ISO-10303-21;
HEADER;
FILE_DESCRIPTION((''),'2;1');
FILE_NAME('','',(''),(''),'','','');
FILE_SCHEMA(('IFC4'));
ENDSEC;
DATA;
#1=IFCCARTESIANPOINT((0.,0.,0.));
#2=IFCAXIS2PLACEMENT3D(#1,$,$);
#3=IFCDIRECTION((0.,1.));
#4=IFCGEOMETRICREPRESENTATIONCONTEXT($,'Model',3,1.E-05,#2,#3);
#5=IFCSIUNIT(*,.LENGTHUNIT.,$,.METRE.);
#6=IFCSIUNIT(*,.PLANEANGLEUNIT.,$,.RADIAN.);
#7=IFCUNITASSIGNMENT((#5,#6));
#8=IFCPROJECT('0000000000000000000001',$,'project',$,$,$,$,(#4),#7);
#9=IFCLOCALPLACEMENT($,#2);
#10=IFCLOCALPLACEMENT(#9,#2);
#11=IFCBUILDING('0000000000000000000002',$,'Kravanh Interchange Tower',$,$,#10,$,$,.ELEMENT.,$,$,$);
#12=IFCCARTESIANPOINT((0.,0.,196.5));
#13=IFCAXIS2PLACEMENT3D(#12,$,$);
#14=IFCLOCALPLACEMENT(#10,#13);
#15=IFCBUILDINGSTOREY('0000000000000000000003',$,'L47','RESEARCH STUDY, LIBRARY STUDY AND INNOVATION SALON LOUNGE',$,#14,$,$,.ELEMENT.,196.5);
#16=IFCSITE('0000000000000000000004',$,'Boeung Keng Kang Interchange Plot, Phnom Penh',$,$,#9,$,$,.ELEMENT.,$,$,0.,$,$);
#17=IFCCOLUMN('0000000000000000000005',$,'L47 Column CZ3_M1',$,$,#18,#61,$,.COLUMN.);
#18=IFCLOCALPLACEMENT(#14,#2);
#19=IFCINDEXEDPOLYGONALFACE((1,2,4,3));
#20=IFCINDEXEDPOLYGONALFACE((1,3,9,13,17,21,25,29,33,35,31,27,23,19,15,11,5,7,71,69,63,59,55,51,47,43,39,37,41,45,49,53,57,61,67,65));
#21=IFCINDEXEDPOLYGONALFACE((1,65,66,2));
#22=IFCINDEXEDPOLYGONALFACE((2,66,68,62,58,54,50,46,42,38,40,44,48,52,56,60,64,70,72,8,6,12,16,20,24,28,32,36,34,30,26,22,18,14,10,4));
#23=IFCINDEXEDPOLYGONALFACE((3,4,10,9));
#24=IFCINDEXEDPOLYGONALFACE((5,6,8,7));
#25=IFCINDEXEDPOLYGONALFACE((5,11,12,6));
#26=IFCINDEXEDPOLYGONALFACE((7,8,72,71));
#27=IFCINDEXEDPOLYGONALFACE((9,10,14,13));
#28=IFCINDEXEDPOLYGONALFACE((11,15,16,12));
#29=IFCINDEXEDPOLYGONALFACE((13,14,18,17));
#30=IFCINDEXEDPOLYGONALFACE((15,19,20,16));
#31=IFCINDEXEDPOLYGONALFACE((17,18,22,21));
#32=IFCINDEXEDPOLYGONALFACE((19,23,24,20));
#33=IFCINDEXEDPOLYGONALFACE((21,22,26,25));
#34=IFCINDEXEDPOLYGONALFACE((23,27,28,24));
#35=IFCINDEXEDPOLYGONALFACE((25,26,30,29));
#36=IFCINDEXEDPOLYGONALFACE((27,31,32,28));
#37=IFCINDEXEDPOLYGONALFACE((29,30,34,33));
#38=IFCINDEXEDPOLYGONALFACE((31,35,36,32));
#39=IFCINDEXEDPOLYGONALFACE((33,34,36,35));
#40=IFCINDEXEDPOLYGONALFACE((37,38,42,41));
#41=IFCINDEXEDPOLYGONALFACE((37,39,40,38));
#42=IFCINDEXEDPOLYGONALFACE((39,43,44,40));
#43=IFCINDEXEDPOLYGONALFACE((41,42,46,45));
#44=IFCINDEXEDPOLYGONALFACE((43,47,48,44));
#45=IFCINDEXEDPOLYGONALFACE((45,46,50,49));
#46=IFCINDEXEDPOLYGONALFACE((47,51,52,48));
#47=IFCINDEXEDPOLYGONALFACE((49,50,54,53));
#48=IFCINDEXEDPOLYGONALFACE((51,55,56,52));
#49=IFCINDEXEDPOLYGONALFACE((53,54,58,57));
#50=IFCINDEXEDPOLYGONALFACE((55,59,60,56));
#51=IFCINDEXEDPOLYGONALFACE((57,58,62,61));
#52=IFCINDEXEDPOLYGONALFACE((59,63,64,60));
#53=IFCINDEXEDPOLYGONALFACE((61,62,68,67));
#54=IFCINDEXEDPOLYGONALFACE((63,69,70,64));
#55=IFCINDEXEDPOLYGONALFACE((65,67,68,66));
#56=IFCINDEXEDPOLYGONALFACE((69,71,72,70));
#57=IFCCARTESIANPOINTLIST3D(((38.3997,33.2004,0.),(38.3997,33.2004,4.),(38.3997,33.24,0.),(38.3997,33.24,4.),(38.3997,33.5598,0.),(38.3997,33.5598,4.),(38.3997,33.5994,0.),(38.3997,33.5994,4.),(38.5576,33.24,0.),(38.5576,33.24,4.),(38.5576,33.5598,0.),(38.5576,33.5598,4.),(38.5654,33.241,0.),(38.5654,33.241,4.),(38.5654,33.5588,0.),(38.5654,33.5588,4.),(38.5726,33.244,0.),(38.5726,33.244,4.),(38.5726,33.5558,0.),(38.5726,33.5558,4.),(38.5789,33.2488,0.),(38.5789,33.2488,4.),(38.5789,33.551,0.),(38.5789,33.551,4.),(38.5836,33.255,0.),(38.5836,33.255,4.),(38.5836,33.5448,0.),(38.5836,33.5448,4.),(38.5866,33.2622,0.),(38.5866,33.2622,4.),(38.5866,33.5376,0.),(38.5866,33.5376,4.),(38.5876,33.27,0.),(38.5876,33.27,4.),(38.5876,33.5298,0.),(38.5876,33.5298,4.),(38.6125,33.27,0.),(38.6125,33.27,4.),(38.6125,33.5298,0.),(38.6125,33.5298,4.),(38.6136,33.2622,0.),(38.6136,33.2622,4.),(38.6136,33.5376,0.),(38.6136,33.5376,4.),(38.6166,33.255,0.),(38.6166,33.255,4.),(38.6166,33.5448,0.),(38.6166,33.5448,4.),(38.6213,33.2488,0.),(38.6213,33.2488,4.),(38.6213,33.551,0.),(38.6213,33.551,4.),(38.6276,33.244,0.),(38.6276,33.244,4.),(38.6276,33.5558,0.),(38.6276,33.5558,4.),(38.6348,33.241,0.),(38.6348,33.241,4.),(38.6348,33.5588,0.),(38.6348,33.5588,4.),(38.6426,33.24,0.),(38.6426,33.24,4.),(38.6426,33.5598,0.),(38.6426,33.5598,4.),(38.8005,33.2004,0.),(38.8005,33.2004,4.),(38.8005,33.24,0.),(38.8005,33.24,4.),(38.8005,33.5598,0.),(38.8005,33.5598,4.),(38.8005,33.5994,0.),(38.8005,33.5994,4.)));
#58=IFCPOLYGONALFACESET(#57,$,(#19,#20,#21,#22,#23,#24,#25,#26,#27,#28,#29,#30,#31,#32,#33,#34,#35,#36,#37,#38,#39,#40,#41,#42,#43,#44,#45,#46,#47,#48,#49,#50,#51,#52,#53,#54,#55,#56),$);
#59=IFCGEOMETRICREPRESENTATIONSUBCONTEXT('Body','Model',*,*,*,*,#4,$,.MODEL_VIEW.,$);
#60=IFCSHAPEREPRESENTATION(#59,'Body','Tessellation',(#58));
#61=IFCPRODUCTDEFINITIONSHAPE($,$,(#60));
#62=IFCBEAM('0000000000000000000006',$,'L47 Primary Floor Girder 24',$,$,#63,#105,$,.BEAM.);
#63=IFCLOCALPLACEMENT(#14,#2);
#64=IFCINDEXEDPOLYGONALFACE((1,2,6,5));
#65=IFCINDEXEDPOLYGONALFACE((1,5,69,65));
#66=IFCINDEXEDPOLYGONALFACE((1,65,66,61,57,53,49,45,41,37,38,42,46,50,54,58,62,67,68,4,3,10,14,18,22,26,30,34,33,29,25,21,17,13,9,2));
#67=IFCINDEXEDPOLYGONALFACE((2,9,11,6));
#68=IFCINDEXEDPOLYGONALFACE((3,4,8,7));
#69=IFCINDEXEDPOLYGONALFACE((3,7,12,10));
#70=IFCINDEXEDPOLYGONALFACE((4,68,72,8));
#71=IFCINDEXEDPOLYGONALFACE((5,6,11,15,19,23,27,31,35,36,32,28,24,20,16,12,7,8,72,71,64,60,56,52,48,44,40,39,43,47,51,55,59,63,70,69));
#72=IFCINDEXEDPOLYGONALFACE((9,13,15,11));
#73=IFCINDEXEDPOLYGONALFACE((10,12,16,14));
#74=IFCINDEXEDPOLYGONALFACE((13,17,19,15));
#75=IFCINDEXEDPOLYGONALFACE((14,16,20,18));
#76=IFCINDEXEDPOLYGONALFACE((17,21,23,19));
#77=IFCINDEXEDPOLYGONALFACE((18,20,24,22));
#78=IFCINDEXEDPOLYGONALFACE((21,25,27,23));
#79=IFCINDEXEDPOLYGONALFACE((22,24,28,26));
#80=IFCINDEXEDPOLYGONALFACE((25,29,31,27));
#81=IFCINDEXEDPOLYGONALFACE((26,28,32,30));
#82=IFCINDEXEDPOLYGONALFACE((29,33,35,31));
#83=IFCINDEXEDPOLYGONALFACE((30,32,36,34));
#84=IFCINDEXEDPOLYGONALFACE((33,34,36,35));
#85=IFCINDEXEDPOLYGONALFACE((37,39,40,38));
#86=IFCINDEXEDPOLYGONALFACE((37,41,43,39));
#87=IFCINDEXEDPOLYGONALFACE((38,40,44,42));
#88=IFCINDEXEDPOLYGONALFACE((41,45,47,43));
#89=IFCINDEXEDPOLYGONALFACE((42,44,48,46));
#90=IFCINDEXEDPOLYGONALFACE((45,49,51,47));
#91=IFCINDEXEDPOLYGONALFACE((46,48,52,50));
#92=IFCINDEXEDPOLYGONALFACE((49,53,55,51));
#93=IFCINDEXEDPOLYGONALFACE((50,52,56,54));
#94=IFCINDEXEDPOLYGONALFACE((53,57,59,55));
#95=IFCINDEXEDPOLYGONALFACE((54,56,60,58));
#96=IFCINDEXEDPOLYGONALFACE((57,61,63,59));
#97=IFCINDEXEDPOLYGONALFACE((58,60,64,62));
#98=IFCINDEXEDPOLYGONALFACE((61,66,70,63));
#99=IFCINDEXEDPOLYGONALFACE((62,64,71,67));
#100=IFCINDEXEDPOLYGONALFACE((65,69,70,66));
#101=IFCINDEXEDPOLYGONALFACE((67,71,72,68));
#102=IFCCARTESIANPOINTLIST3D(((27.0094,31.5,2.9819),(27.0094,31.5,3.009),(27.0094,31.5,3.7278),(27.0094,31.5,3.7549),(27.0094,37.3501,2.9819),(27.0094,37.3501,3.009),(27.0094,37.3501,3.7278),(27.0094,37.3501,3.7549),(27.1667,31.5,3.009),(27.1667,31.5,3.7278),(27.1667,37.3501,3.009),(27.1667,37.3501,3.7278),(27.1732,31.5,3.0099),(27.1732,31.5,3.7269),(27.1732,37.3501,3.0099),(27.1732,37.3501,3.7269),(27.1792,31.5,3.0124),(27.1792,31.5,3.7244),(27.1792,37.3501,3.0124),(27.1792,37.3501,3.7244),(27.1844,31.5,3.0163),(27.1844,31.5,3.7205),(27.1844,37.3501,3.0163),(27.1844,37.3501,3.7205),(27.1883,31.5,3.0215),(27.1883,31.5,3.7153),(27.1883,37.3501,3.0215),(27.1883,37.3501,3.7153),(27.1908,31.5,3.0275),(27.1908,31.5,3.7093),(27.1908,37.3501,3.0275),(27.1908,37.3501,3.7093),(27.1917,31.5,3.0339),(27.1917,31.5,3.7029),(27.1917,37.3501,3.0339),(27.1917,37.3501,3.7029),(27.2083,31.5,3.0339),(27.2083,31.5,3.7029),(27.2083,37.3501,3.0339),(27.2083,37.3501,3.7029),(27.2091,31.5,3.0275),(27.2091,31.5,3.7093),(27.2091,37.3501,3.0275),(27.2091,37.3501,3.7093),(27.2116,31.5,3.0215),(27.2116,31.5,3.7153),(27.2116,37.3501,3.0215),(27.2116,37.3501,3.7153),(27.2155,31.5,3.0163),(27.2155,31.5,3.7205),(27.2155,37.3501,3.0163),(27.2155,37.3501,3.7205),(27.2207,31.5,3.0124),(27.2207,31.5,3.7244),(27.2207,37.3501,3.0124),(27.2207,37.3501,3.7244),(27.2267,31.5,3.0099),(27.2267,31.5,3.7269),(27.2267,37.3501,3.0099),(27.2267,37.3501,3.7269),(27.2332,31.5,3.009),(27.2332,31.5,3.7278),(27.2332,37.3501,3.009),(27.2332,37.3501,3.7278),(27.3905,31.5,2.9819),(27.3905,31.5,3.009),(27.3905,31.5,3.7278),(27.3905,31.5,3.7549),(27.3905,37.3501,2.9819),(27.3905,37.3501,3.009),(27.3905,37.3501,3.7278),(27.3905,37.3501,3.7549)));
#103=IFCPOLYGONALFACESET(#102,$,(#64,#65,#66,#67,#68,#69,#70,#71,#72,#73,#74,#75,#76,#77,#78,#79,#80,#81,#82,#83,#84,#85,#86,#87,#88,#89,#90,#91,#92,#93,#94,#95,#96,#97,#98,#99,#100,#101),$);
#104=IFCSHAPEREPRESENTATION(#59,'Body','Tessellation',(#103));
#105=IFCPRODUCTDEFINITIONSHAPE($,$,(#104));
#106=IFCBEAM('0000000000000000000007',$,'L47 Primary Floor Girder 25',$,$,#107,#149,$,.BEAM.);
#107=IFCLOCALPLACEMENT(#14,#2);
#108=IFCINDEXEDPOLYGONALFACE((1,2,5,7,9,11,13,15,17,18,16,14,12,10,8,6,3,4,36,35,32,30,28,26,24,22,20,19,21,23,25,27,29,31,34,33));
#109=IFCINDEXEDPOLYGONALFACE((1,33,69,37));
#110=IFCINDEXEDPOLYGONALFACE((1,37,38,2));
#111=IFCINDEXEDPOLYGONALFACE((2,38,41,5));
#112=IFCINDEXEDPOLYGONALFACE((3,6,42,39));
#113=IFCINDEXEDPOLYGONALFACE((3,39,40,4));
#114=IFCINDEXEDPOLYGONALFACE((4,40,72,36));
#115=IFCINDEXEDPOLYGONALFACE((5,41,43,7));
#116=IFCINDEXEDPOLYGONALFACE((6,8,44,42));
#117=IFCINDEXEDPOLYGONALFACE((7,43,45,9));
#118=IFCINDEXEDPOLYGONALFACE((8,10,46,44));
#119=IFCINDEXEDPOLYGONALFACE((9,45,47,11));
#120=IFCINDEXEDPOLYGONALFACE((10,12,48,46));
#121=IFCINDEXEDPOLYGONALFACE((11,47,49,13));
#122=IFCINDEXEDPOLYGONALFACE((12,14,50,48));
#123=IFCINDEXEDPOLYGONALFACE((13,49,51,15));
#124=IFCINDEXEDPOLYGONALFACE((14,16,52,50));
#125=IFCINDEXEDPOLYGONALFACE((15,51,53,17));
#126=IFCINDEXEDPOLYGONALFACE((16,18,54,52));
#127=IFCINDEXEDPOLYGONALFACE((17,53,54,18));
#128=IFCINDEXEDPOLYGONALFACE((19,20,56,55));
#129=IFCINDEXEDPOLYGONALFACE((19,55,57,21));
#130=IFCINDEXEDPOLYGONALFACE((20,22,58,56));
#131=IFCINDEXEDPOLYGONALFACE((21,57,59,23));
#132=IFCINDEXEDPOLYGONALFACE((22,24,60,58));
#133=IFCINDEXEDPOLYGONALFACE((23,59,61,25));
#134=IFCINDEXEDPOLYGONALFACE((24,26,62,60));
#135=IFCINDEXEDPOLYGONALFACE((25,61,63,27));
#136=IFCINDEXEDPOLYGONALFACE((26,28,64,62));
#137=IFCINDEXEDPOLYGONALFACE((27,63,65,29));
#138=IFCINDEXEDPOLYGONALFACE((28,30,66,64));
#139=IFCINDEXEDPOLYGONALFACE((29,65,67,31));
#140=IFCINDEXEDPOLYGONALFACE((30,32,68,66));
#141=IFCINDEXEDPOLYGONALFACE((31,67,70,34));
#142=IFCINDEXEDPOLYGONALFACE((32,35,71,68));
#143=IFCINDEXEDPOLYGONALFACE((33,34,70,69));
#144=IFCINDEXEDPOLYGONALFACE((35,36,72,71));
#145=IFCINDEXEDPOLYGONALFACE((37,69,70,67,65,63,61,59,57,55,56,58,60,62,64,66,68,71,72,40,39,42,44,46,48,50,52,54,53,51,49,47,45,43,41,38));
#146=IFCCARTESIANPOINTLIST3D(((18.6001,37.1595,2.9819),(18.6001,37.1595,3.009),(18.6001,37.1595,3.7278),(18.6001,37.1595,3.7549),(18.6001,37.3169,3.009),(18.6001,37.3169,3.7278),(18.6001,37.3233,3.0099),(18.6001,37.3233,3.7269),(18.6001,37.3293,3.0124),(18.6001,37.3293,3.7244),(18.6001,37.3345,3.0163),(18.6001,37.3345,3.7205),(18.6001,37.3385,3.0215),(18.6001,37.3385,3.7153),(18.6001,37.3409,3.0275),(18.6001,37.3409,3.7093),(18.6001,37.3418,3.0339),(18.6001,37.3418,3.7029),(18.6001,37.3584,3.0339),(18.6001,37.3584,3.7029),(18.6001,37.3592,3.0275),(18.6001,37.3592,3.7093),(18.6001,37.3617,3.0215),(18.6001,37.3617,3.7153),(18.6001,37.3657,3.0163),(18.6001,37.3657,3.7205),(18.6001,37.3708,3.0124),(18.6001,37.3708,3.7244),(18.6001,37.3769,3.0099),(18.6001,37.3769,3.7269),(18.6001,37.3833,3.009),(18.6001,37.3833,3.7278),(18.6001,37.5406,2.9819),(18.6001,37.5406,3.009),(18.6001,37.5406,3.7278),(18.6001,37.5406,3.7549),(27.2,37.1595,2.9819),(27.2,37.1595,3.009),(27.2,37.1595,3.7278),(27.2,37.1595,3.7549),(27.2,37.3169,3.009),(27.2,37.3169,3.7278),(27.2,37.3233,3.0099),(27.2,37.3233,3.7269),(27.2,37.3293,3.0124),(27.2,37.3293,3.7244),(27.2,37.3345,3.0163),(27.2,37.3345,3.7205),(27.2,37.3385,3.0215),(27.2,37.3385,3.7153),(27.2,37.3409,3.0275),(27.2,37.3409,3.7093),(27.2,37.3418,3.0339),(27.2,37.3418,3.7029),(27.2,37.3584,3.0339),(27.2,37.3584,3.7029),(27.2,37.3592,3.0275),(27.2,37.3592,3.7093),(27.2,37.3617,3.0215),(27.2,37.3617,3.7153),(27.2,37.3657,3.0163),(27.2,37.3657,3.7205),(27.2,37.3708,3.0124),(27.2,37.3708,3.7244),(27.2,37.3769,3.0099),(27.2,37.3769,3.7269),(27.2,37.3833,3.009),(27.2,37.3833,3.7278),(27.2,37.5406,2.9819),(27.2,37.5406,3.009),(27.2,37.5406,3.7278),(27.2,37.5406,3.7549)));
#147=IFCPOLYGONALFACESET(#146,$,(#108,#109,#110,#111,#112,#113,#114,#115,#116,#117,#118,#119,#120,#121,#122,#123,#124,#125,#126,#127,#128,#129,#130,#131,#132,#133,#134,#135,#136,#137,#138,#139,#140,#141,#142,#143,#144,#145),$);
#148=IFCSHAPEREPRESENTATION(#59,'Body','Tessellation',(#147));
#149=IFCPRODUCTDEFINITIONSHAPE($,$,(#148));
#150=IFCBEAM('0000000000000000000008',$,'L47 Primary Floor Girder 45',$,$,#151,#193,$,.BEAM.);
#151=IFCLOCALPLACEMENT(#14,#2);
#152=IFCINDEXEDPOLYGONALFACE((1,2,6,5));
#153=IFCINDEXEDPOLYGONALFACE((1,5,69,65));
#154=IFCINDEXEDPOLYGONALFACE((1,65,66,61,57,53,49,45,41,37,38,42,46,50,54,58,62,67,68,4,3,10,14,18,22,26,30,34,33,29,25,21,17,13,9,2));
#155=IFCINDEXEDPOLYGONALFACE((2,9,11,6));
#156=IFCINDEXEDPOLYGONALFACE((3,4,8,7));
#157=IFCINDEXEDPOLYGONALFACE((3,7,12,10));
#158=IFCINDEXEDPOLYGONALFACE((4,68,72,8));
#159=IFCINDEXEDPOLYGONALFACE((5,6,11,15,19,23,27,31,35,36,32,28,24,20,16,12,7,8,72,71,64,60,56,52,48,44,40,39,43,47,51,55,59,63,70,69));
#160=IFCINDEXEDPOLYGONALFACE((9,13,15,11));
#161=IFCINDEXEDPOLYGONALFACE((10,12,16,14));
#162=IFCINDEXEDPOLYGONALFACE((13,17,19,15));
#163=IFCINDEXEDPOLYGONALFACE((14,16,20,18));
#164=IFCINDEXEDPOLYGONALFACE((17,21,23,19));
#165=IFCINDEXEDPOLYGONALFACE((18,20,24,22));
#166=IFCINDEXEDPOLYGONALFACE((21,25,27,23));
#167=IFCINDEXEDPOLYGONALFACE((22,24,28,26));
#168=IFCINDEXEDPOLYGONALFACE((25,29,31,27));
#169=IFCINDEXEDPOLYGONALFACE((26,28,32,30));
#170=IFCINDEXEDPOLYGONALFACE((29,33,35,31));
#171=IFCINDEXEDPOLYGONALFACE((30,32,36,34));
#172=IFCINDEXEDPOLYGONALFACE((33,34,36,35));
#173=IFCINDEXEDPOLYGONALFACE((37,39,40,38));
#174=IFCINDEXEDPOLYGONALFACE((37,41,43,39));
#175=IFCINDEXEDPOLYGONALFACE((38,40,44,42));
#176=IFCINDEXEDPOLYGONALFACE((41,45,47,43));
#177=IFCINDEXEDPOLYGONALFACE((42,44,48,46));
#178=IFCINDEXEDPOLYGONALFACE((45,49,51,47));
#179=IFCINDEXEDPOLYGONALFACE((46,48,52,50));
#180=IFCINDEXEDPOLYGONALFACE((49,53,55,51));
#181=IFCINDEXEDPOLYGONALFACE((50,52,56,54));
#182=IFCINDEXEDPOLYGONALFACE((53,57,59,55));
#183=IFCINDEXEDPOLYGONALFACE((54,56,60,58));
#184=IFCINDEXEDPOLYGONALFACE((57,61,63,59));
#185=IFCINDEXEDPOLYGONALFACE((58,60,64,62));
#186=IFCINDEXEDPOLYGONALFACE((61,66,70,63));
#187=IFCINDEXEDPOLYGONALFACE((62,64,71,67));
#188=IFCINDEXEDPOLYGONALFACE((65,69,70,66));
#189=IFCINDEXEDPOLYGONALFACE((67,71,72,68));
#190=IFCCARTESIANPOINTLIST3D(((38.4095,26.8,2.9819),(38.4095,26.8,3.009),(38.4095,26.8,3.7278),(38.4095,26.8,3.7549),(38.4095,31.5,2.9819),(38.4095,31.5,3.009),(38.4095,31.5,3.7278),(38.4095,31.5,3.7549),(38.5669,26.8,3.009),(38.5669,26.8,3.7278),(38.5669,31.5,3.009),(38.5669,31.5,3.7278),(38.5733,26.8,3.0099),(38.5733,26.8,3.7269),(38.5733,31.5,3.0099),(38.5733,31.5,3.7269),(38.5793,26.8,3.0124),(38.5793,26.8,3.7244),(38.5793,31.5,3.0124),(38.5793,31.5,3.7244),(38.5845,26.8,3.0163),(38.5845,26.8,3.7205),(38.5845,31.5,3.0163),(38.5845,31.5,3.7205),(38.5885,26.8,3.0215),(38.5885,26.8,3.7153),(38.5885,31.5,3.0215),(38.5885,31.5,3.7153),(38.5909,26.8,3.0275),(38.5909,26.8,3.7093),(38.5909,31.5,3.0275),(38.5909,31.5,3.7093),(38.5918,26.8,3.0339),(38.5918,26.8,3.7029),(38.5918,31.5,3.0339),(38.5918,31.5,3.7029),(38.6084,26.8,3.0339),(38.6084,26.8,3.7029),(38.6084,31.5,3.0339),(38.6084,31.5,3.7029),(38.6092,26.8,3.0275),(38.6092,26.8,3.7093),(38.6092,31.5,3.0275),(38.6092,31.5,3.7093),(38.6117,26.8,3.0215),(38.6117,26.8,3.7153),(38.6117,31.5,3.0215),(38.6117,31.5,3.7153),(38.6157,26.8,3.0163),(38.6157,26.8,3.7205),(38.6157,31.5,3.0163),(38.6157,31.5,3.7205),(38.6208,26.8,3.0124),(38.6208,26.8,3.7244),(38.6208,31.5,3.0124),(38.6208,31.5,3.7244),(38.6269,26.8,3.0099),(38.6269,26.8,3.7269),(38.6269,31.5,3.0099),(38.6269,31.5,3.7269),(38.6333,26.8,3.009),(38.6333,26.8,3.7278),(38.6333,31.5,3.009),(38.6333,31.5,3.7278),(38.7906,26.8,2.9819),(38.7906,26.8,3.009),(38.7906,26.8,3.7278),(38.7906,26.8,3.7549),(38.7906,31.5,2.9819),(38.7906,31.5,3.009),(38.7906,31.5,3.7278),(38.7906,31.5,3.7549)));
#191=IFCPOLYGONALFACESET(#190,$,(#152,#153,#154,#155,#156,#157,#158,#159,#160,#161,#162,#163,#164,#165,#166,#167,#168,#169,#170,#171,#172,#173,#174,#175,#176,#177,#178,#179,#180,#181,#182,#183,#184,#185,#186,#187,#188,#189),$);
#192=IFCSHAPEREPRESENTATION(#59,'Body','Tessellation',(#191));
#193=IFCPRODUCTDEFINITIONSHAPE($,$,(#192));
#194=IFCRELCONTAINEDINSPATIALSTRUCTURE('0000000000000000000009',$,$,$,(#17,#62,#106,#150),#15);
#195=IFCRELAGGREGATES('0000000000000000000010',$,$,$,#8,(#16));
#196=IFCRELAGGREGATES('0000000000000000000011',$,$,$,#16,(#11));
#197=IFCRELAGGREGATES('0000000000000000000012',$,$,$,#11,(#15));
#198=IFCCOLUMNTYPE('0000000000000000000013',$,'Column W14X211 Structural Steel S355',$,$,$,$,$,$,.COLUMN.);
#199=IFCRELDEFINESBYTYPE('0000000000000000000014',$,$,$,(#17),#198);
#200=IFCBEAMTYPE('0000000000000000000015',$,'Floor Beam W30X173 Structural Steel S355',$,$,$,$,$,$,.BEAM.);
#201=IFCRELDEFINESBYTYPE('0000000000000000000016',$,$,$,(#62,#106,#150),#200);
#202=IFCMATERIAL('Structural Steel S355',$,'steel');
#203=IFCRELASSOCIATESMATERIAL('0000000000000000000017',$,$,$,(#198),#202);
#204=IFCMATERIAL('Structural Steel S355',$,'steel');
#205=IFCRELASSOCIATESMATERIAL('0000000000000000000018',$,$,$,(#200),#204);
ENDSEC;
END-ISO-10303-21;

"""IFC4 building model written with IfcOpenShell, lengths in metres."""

from ifc_helpers import new_model, si_unit, direction, frame, origin, origin_2d, place, context, subcontext, project, spatial, i_section, extrude, material, material_profile, profile_set, type_object, element, save


model = new_model("IFC4")

# Units and contexts
model_context = context("Model", 3, precision=1e-05, world=origin(), true_north=direction((0.0, 1.0)))
body_context = subcontext(model_context, "Body", "Model", "MODEL_VIEW")
ifc_project = project(units=[si_unit("LENGTHUNIT", "METRE"), si_unit("PLANEANGLEUNIT", "RADIAN")], contexts=[model_context])

# Site, building, storey
site_placement = place(None, origin())
site = spatial("IfcSite", under=ifc_project, at=site_placement, Name="Boeung Keng Kang Interchange Plot, Phnom Penh", CompositionType="ELEMENT", RefElevation=0.0)
building_placement = place(site_placement, origin())
building = spatial("IfcBuilding", under=site, at=building_placement, Name="Kravanh Interchange Tower", CompositionType="ELEMENT")
storey_placement = place(building_placement, frame((0.0, 0.0, 196.5)))
storey = spatial("IfcBuildingStorey", under=building, at=storey_placement, Name="L47", Description="RESEARCH STUDY, LIBRARY STUDY AND INNOVATION SALON LOUNGE", CompositionType="ELEMENT", Elevation=196.5)

# Column
ifc_material_1 = material(Name="Structural Steel S355", Category="steel")
ifc_material_profile_1 = material_profile(ifc_material_1, i_section(OverallWidth=0.4009, OverallDepth=0.3989, WebThickness=0.0249, FlangeThickness=0.0396, FilletRadius=0.03, at=origin_2d()), Name="W14X211")
ifc_profile_set_1 = profile_set([ifc_material_profile_1], Name="Structural Steel S355")
column_type_1 = type_object("IfcColumnType", Name="Column W14X211 Structural Steel S355", PredefinedType="COLUMN", material=ifc_profile_set_1)
for number, where, z_axis, x_axis, name in (
    (1, (38.6001, 33.3999, 0.0), (0.0, 0.0, 1.0), (1.0, 0.0, 0.0), "L47 Column CZ3_M1"),
):
    element("IfcColumn", number, at=place(storey_placement, frame(where, z_axis=z_axis, x_axis=x_axis)), inside=storey, type_object=column_type_1, Name=name, PredefinedType="COLUMN", context=body_context, shape_type="SweptSolid", body=[
        extrude(i_section(OverallWidth=0.4009, OverallDepth=0.3989, WebThickness=0.0249, FlangeThickness=0.0396, FilletRadius=0.03, at=origin_2d()), origin(), (0.0, 0.0, 1.0), 4.0),
    ])

# Beams
ifc_material_2 = material(Name="Structural Steel S355", Category="steel")
ifc_material_profile_2 = material_profile(ifc_material_2, i_section(OverallWidth=0.3811, OverallDepth=0.7729, WebThickness=0.0166, FlangeThickness=0.0271, FilletRadius=0.0249, at=origin_2d()), Name="W30X173")
ifc_profile_set_2 = profile_set([ifc_material_profile_2], Name="Structural Steel S355")
beam_type_1 = type_object("IfcBeamType", Name="Floor Beam W30X173 Structural Steel S355", PredefinedType="BEAM", material=ifc_profile_set_2)
beam_1_placement = place(storey_placement, frame((27.2, 37.3501, 3.3684), z_axis=(0.0, -1.0, 0.0), x_axis=(1.0, 0.0, 0.0)))
element("IfcBeam", 2, at=beam_1_placement, inside=storey, type_object=beam_type_1, Name="L47 Primary Floor Girder 24", PredefinedType="BEAM", context=body_context, shape_type="SweptSolid", body=[
    extrude(i_section(OverallWidth=0.3811, OverallDepth=0.7729, WebThickness=0.0166, FlangeThickness=0.0271, FilletRadius=0.0249, at=origin_2d()), origin(), (0.0, 0.0, 1.0), 5.8501),
])
beam_2_placement = place(storey_placement, frame((27.2, 37.3501, 3.3684), z_axis=(-1.0, 0.0, 0.0), x_axis=(0.0, -1.0, 0.0)))
element("IfcBeam", 3, at=beam_2_placement, inside=storey, type_object=beam_type_1, Name="L47 Primary Floor Girder 25", PredefinedType="BEAM", context=body_context, shape_type="SweptSolid", body=[
    extrude(i_section(OverallWidth=0.3811, OverallDepth=0.7729, WebThickness=0.0166, FlangeThickness=0.0271, FilletRadius=0.0249, at=origin_2d()), origin(), (0.0, 0.0, 1.0), 8.5999),
])
beam_3_placement = place(storey_placement, frame((38.6001, 26.8, 3.3684), z_axis=(0.0, 1.0, 0.0), x_axis=(-1.0, 0.0, 0.0)))
element("IfcBeam", 4, at=beam_3_placement, inside=storey, type_object=beam_type_1, Name="L47 Primary Floor Girder 45", PredefinedType="BEAM", context=body_context, shape_type="SweptSolid", body=[
    extrude(i_section(OverallWidth=0.3811, OverallDepth=0.7729, WebThickness=0.0166, FlangeThickness=0.0271, FilletRadius=0.0249, at=origin_2d()), origin(), (0.0, 0.0, 1.0), 4.7),
])

save(model, "model.ifc")
